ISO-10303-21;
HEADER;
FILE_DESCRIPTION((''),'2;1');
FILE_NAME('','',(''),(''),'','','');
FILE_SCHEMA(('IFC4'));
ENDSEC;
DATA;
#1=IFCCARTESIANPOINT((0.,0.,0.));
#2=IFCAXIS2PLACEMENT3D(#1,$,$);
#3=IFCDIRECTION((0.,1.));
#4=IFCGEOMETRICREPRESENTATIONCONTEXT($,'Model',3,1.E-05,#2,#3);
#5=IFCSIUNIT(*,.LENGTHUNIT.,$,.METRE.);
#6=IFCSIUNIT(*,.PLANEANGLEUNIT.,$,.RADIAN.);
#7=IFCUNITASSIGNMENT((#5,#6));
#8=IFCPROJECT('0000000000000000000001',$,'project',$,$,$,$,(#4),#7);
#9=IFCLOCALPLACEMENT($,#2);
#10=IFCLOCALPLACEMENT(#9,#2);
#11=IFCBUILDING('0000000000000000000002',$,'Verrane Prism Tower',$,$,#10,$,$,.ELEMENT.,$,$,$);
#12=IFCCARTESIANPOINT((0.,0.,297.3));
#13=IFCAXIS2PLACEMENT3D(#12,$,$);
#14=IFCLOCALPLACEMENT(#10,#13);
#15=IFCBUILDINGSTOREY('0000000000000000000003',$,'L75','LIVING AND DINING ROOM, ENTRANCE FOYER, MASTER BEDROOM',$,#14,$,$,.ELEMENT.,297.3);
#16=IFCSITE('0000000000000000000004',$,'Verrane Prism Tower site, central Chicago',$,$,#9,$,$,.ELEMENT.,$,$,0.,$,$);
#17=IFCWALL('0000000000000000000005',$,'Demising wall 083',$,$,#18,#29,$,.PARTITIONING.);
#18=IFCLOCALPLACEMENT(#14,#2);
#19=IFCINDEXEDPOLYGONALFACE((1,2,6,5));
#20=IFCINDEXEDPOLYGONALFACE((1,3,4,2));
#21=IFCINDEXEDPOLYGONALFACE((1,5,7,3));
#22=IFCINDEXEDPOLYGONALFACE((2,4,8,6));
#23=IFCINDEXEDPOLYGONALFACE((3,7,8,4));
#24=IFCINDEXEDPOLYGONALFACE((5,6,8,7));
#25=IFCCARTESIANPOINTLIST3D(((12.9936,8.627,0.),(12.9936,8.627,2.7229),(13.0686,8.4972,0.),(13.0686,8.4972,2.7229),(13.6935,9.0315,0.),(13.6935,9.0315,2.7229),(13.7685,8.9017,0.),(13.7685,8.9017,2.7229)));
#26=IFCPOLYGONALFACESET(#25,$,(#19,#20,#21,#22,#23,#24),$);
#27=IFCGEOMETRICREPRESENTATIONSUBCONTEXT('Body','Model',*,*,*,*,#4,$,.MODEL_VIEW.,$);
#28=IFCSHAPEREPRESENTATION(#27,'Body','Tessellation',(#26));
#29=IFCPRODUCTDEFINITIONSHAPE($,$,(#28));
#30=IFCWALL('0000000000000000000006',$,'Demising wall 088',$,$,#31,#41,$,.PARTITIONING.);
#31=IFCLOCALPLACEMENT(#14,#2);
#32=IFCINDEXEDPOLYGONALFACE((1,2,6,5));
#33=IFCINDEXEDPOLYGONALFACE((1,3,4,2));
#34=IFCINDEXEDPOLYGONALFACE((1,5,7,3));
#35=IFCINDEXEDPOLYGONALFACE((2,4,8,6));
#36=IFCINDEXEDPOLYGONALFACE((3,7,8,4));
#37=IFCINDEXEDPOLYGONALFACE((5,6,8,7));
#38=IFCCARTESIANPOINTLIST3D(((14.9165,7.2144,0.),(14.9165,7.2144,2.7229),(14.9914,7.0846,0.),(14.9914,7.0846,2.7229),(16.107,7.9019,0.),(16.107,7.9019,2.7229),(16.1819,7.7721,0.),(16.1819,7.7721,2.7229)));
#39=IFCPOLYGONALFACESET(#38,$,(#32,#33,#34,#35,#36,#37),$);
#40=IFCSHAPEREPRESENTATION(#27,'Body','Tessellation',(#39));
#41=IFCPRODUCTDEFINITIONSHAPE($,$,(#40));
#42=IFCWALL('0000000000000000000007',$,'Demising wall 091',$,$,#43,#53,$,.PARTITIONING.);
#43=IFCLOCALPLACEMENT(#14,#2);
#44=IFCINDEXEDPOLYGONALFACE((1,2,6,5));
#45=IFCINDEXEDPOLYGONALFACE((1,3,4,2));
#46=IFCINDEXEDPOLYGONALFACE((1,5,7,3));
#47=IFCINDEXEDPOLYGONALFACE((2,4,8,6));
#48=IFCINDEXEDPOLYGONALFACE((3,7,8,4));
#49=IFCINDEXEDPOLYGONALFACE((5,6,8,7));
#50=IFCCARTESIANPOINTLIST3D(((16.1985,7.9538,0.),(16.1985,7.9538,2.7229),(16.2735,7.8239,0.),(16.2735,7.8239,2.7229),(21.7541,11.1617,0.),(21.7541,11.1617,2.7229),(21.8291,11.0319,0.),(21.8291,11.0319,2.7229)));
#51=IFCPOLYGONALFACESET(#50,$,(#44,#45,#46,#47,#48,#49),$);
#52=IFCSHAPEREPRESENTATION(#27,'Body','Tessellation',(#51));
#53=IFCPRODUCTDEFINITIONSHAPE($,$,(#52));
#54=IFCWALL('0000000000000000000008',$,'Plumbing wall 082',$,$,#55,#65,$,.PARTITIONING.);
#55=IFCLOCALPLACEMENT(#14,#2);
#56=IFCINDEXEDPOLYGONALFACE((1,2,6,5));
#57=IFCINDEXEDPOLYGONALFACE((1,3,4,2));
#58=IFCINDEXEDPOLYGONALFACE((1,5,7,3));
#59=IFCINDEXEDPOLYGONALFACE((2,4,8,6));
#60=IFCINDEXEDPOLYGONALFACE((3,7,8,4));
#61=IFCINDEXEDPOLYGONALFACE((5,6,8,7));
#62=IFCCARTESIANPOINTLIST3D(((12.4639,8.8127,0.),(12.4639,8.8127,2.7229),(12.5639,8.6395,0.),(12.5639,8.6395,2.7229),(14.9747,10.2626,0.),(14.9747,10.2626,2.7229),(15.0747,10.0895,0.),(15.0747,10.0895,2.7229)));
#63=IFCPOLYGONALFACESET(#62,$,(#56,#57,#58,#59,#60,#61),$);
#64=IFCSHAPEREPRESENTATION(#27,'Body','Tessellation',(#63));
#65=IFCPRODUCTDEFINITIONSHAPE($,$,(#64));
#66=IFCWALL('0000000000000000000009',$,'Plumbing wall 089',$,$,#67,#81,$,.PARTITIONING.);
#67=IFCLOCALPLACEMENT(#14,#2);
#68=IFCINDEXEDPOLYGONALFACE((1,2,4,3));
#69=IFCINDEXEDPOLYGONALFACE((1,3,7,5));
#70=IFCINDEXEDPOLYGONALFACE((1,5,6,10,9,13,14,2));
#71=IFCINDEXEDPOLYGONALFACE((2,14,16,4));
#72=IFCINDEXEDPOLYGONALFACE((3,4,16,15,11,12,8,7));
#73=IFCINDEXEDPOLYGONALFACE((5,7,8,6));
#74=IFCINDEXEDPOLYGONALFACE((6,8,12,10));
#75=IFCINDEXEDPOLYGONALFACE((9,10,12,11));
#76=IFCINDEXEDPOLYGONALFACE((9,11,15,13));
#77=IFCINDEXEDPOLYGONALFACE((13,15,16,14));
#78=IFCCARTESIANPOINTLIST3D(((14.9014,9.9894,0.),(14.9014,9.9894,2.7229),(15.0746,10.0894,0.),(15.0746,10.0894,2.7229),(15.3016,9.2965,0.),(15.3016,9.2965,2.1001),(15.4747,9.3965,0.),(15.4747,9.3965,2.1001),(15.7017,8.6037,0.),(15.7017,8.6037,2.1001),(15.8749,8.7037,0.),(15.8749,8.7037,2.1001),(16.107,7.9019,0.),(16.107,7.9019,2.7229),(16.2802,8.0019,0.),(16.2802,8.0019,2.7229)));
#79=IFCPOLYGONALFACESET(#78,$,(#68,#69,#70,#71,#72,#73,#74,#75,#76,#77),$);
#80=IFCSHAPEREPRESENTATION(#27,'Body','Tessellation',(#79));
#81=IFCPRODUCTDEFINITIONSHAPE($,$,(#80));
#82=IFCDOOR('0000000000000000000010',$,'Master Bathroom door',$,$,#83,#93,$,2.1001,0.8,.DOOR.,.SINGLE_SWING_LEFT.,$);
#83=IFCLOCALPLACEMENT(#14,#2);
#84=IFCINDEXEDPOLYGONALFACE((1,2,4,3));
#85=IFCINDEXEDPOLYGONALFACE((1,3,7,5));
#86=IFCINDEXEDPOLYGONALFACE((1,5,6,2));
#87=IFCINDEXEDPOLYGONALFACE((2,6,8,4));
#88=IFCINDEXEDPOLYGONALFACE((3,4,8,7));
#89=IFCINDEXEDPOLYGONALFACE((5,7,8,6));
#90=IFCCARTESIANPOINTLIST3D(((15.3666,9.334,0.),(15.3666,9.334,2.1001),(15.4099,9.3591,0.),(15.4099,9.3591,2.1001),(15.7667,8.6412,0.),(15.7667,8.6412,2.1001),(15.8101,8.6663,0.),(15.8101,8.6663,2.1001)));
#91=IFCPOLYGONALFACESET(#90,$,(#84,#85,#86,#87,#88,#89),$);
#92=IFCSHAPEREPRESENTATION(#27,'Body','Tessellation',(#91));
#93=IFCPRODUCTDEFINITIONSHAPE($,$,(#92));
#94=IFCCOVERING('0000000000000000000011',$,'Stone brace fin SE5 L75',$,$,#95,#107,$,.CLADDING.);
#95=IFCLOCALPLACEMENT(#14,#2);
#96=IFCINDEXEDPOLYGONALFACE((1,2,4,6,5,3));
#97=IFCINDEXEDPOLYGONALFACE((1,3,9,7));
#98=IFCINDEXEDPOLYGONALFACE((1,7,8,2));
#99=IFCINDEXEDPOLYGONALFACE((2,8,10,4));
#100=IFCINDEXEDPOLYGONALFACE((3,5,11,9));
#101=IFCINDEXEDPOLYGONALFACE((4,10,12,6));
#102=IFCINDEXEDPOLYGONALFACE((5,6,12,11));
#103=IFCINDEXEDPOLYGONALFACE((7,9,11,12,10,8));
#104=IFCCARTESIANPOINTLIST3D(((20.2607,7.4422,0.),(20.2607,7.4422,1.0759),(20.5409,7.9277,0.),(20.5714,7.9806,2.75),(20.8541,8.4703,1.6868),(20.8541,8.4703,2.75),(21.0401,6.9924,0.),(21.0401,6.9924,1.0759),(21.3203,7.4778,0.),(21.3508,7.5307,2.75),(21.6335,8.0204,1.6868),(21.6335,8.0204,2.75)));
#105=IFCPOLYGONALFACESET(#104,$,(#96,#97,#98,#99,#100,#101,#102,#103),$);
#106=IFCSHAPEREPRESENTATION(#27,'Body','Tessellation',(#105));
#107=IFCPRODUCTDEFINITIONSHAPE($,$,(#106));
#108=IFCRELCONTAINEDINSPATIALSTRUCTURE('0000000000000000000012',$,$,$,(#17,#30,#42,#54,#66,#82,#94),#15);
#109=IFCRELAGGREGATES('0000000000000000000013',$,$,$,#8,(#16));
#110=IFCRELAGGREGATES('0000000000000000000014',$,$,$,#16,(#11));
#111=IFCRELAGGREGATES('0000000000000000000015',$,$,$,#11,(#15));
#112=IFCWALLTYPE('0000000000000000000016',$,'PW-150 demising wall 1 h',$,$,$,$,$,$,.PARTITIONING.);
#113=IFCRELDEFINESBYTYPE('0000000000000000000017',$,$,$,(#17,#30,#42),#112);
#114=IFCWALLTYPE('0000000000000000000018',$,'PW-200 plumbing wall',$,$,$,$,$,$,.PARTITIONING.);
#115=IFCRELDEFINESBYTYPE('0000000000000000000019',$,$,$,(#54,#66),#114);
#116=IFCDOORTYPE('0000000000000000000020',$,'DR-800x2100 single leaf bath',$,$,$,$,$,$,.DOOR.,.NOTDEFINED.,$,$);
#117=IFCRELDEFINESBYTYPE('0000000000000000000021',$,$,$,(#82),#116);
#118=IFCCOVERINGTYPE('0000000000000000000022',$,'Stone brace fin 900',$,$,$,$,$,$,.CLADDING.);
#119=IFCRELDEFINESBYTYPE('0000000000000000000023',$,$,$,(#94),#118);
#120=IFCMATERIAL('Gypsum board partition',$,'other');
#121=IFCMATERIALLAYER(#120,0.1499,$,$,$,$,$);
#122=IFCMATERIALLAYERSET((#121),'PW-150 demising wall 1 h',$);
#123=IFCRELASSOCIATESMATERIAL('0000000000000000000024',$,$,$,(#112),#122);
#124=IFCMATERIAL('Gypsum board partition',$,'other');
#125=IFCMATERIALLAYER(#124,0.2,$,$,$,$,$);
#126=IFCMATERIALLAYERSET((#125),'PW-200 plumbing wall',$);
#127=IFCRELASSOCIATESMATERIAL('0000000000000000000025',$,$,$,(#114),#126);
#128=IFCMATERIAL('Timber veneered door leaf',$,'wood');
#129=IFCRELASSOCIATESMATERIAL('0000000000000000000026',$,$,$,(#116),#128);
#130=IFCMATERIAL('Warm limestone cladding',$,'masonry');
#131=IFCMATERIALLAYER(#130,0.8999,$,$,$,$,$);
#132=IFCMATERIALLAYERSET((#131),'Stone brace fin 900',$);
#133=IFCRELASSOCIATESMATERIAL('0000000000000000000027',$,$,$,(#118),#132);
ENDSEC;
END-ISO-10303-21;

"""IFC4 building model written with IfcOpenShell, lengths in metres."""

from ifc_helpers import new_model, si_unit, direction, frame, frame_2d, origin, place, context, subcontext, project, spatial, polyline, rectangle, outline, extrude, material, layer, layer_set, type_object, element, fill, save


model = new_model("IFC4")

# Units and contexts
model_context = context("Model", 3, precision=1e-05, world=origin(), true_north=direction((0.0, 1.0)))
body_context = subcontext(model_context, "Body", "Model", "MODEL_VIEW")
ifc_project = project(units=[si_unit("LENGTHUNIT", "METRE"), si_unit("PLANEANGLEUNIT", "RADIAN")], contexts=[model_context])

# Site, building, storey
site_placement = place(None, origin())
site = spatial("IfcSite", under=ifc_project, at=site_placement, Name="Verrane Prism Tower site, central Chicago", CompositionType="ELEMENT", RefElevation=0.0)
building_placement = place(site_placement, origin())
building = spatial("IfcBuilding", under=site, at=building_placement, Name="Verrane Prism Tower", CompositionType="ELEMENT")
storey_placement = place(building_placement, frame((0.0, 0.0, 297.3)))
storey = spatial("IfcBuildingStorey", under=building, at=storey_placement, Name="L75", Description="LIVING AND DINING ROOM, ENTRANCE FOYER, MASTER BEDROOM", CompositionType="ELEMENT", Elevation=297.3)

# Walls
ifc_material_1 = material(Name="Gypsum board partition", Category="other")
ifc_layer_1 = layer(ifc_material_1, 0.1499)
ifc_layer_set_1 = layer_set([ifc_layer_1], Name="PW-150 demising wall 1 h")
wall_type_1 = type_object("IfcWallType", Name="PW-150 demising wall 1 h", PredefinedType="PARTITIONING", material=ifc_layer_set_1)
wall_1_placement = place(storey_placement, frame((13.031, 8.562, 0.0), z_axis=(0.0, 0.0, 1.0), x_axis=(0.865798, 0.500393, 0.0)))
element("IfcWall", 1, at=wall_1_placement, inside=storey, type_object=wall_type_1, Name="Demising wall 083", PredefinedType="PARTITIONING", context=body_context, shape_type="SweptSolid", body=[
    extrude(rectangle(XDim=0.8083, YDim=0.1499, at=frame_2d((0.4043, 0.0))), origin(), (0.0, 0.0, 1.0), 2.7229),
])
wall_2_placement = place(storey_placement, frame((14.9539, 7.1494, 0.0), z_axis=(0.0, 0.0, 1.0), x_axis=(0.865961, 0.500112, 0.0)))
element("IfcWall", 2, at=wall_2_placement, inside=storey, type_object=wall_type_1, Name="Demising wall 088", PredefinedType="PARTITIONING", context=body_context, shape_type="SweptSolid", body=[
    extrude(rectangle(XDim=1.3748, YDim=0.1499, at=frame_2d((0.6875, 0.0))), origin(), (0.0, 0.0, 1.0), 2.7229),
])
wall_3_placement = place(storey_placement, frame((16.2361, 7.8889, 0.0), z_axis=(0.0, 0.0, 1.0), x_axis=(0.865995, 0.500052, 0.0)))
element("IfcWall", 3, at=wall_3_placement, inside=storey, type_object=wall_type_1, Name="Demising wall 091", PredefinedType="PARTITIONING", context=body_context, shape_type="SweptSolid", body=[
    extrude(rectangle(XDim=6.4153, YDim=0.1499, at=frame_2d((3.2075, 0.0))), origin(), (0.0, 0.0, 1.0), 2.7229),
])
ifc_material_2 = material(Name="Gypsum board partition", Category="other")
ifc_layer_2 = layer(ifc_material_2, 0.2)
ifc_layer_set_2 = layer_set([ifc_layer_2], Name="PW-200 plumbing wall")
wall_type_2 = type_object("IfcWallType", Name="PW-200 plumbing wall", PredefinedType="PARTITIONING", material=ifc_layer_set_2)
wall_4_placement = place(storey_placement, frame((12.5139, 8.7261, 0.0), z_axis=(0.0, 0.0, 1.0), x_axis=(0.86597, 0.500097, 0.0)))
element("IfcWall", 4, at=wall_4_placement, inside=storey, type_object=wall_type_2, Name="Plumbing wall 082", PredefinedType="PARTITIONING", context=body_context, shape_type="SweptSolid", body=[
    extrude(rectangle(XDim=2.8994, YDim=0.2, at=frame_2d((1.4497, 0.0))), origin(), (0.0, 0.0, 1.0), 2.7229),
])

# Wall, opening, door
wall_5_placement = place(storey_placement, frame((16.1936, 7.9519, 0.0), z_axis=(0.0, 0.0, 1.0), x_axis=(-0.500126, 0.865953, 0.0)))
wall_5 = element("IfcWall", 5, at=wall_5_placement, inside=storey, type_object=wall_type_2, Name="Plumbing wall 089", PredefinedType="PARTITIONING", context=body_context, shape_type="SweptSolid", body=[
    extrude(rectangle(XDim=2.4106, YDim=0.2, at=frame_2d((1.2053, 0.0))), origin(), (0.0, 0.0, 1.0), 2.7229),
])
opening_1_placement = place(wall_5_placement, frame((0.8105, 0.0, 0.0)))
opening_1 = element("IfcOpeningElement", 6, at=opening_1_placement, cuts=wall_5, PredefinedType="OPENING", context=body_context, shape_type="SweptSolid", body=[
    extrude(rectangle(XDim=0.8, YDim=2.1001, at=frame_2d((0.3999, 1.05))), frame((0.0, 0.1099, 0.0), z_axis=(0.0, -1.0, 0.0), x_axis=(1.0, 0.0, 0.0)), (0.0, 0.0, 1.0), 0.22),
])
ifc_material_3 = material(Name="Timber veneered door leaf", Category="wood")
door_type_1 = type_object("IfcDoorType", Name="DR-800x2100 single leaf bath", OperationType="NOTDEFINED", PredefinedType="DOOR", material=ifc_material_3)
door_1_placement = place(opening_1_placement, origin())
door_1 = element("IfcDoor", 7, at=door_1_placement, inside=storey, type_object=door_type_1, Name="Master Bathroom door", OperationType="SINGLE_SWING_LEFT", OverallHeight=2.1001, OverallWidth=0.8, PredefinedType="DOOR", context=body_context, shape_type="SweptSolid", body=[
    extrude(rectangle(XDim=0.8, YDim=2.1001, at=frame_2d((0.3999, 1.05))), frame((0.0, 0.0249, 0.0), z_axis=(0.0, -1.0, 0.0), x_axis=(1.0, 0.0, 0.0)), (0.0, 0.0, 1.0), 0.05),
])
fill(opening_1, door_1)

# Covering
ifc_material_4 = material(Name="Warm limestone cladding", Category="masonry")
ifc_layer_3 = layer(ifc_material_4, 0.8999)
ifc_layer_set_3 = layer_set([ifc_layer_3], Name="Stone brace fin 900")
covering_type = type_object("IfcCoveringType", Name="Stone brace fin 900", PredefinedType="CLADDING", material=ifc_layer_set_3)
covering_placement = place(storey_placement, frame((20.6504, 7.2173, 0.0), z_axis=(0.0, 0.0, 1.0), x_axis=(0.499901, 0.866083, 0.0)))
element("IfcCovering", 8, at=covering_placement, inside=storey, type_object=covering_type, Name="Stone brace fin SE5 L75", PredefinedType="CLADDING", context=body_context, shape_type="SweptSolid", body=[
    extrude(outline(polyline([(1.187, 2.75), (0.6216, 2.75), (0.0, 1.0759), (0.0, 0.0), (0.5605, 0.0), (1.187, 1.6868), (1.187, 2.75)])), frame((0.0, 0.45, 0.0), z_axis=(0.0, -1.0, 0.0), x_axis=(1.0, 0.0, 0.0)), (0.0, 0.0, 1.0), 0.8999),
])

save(model, "model.ifc")
